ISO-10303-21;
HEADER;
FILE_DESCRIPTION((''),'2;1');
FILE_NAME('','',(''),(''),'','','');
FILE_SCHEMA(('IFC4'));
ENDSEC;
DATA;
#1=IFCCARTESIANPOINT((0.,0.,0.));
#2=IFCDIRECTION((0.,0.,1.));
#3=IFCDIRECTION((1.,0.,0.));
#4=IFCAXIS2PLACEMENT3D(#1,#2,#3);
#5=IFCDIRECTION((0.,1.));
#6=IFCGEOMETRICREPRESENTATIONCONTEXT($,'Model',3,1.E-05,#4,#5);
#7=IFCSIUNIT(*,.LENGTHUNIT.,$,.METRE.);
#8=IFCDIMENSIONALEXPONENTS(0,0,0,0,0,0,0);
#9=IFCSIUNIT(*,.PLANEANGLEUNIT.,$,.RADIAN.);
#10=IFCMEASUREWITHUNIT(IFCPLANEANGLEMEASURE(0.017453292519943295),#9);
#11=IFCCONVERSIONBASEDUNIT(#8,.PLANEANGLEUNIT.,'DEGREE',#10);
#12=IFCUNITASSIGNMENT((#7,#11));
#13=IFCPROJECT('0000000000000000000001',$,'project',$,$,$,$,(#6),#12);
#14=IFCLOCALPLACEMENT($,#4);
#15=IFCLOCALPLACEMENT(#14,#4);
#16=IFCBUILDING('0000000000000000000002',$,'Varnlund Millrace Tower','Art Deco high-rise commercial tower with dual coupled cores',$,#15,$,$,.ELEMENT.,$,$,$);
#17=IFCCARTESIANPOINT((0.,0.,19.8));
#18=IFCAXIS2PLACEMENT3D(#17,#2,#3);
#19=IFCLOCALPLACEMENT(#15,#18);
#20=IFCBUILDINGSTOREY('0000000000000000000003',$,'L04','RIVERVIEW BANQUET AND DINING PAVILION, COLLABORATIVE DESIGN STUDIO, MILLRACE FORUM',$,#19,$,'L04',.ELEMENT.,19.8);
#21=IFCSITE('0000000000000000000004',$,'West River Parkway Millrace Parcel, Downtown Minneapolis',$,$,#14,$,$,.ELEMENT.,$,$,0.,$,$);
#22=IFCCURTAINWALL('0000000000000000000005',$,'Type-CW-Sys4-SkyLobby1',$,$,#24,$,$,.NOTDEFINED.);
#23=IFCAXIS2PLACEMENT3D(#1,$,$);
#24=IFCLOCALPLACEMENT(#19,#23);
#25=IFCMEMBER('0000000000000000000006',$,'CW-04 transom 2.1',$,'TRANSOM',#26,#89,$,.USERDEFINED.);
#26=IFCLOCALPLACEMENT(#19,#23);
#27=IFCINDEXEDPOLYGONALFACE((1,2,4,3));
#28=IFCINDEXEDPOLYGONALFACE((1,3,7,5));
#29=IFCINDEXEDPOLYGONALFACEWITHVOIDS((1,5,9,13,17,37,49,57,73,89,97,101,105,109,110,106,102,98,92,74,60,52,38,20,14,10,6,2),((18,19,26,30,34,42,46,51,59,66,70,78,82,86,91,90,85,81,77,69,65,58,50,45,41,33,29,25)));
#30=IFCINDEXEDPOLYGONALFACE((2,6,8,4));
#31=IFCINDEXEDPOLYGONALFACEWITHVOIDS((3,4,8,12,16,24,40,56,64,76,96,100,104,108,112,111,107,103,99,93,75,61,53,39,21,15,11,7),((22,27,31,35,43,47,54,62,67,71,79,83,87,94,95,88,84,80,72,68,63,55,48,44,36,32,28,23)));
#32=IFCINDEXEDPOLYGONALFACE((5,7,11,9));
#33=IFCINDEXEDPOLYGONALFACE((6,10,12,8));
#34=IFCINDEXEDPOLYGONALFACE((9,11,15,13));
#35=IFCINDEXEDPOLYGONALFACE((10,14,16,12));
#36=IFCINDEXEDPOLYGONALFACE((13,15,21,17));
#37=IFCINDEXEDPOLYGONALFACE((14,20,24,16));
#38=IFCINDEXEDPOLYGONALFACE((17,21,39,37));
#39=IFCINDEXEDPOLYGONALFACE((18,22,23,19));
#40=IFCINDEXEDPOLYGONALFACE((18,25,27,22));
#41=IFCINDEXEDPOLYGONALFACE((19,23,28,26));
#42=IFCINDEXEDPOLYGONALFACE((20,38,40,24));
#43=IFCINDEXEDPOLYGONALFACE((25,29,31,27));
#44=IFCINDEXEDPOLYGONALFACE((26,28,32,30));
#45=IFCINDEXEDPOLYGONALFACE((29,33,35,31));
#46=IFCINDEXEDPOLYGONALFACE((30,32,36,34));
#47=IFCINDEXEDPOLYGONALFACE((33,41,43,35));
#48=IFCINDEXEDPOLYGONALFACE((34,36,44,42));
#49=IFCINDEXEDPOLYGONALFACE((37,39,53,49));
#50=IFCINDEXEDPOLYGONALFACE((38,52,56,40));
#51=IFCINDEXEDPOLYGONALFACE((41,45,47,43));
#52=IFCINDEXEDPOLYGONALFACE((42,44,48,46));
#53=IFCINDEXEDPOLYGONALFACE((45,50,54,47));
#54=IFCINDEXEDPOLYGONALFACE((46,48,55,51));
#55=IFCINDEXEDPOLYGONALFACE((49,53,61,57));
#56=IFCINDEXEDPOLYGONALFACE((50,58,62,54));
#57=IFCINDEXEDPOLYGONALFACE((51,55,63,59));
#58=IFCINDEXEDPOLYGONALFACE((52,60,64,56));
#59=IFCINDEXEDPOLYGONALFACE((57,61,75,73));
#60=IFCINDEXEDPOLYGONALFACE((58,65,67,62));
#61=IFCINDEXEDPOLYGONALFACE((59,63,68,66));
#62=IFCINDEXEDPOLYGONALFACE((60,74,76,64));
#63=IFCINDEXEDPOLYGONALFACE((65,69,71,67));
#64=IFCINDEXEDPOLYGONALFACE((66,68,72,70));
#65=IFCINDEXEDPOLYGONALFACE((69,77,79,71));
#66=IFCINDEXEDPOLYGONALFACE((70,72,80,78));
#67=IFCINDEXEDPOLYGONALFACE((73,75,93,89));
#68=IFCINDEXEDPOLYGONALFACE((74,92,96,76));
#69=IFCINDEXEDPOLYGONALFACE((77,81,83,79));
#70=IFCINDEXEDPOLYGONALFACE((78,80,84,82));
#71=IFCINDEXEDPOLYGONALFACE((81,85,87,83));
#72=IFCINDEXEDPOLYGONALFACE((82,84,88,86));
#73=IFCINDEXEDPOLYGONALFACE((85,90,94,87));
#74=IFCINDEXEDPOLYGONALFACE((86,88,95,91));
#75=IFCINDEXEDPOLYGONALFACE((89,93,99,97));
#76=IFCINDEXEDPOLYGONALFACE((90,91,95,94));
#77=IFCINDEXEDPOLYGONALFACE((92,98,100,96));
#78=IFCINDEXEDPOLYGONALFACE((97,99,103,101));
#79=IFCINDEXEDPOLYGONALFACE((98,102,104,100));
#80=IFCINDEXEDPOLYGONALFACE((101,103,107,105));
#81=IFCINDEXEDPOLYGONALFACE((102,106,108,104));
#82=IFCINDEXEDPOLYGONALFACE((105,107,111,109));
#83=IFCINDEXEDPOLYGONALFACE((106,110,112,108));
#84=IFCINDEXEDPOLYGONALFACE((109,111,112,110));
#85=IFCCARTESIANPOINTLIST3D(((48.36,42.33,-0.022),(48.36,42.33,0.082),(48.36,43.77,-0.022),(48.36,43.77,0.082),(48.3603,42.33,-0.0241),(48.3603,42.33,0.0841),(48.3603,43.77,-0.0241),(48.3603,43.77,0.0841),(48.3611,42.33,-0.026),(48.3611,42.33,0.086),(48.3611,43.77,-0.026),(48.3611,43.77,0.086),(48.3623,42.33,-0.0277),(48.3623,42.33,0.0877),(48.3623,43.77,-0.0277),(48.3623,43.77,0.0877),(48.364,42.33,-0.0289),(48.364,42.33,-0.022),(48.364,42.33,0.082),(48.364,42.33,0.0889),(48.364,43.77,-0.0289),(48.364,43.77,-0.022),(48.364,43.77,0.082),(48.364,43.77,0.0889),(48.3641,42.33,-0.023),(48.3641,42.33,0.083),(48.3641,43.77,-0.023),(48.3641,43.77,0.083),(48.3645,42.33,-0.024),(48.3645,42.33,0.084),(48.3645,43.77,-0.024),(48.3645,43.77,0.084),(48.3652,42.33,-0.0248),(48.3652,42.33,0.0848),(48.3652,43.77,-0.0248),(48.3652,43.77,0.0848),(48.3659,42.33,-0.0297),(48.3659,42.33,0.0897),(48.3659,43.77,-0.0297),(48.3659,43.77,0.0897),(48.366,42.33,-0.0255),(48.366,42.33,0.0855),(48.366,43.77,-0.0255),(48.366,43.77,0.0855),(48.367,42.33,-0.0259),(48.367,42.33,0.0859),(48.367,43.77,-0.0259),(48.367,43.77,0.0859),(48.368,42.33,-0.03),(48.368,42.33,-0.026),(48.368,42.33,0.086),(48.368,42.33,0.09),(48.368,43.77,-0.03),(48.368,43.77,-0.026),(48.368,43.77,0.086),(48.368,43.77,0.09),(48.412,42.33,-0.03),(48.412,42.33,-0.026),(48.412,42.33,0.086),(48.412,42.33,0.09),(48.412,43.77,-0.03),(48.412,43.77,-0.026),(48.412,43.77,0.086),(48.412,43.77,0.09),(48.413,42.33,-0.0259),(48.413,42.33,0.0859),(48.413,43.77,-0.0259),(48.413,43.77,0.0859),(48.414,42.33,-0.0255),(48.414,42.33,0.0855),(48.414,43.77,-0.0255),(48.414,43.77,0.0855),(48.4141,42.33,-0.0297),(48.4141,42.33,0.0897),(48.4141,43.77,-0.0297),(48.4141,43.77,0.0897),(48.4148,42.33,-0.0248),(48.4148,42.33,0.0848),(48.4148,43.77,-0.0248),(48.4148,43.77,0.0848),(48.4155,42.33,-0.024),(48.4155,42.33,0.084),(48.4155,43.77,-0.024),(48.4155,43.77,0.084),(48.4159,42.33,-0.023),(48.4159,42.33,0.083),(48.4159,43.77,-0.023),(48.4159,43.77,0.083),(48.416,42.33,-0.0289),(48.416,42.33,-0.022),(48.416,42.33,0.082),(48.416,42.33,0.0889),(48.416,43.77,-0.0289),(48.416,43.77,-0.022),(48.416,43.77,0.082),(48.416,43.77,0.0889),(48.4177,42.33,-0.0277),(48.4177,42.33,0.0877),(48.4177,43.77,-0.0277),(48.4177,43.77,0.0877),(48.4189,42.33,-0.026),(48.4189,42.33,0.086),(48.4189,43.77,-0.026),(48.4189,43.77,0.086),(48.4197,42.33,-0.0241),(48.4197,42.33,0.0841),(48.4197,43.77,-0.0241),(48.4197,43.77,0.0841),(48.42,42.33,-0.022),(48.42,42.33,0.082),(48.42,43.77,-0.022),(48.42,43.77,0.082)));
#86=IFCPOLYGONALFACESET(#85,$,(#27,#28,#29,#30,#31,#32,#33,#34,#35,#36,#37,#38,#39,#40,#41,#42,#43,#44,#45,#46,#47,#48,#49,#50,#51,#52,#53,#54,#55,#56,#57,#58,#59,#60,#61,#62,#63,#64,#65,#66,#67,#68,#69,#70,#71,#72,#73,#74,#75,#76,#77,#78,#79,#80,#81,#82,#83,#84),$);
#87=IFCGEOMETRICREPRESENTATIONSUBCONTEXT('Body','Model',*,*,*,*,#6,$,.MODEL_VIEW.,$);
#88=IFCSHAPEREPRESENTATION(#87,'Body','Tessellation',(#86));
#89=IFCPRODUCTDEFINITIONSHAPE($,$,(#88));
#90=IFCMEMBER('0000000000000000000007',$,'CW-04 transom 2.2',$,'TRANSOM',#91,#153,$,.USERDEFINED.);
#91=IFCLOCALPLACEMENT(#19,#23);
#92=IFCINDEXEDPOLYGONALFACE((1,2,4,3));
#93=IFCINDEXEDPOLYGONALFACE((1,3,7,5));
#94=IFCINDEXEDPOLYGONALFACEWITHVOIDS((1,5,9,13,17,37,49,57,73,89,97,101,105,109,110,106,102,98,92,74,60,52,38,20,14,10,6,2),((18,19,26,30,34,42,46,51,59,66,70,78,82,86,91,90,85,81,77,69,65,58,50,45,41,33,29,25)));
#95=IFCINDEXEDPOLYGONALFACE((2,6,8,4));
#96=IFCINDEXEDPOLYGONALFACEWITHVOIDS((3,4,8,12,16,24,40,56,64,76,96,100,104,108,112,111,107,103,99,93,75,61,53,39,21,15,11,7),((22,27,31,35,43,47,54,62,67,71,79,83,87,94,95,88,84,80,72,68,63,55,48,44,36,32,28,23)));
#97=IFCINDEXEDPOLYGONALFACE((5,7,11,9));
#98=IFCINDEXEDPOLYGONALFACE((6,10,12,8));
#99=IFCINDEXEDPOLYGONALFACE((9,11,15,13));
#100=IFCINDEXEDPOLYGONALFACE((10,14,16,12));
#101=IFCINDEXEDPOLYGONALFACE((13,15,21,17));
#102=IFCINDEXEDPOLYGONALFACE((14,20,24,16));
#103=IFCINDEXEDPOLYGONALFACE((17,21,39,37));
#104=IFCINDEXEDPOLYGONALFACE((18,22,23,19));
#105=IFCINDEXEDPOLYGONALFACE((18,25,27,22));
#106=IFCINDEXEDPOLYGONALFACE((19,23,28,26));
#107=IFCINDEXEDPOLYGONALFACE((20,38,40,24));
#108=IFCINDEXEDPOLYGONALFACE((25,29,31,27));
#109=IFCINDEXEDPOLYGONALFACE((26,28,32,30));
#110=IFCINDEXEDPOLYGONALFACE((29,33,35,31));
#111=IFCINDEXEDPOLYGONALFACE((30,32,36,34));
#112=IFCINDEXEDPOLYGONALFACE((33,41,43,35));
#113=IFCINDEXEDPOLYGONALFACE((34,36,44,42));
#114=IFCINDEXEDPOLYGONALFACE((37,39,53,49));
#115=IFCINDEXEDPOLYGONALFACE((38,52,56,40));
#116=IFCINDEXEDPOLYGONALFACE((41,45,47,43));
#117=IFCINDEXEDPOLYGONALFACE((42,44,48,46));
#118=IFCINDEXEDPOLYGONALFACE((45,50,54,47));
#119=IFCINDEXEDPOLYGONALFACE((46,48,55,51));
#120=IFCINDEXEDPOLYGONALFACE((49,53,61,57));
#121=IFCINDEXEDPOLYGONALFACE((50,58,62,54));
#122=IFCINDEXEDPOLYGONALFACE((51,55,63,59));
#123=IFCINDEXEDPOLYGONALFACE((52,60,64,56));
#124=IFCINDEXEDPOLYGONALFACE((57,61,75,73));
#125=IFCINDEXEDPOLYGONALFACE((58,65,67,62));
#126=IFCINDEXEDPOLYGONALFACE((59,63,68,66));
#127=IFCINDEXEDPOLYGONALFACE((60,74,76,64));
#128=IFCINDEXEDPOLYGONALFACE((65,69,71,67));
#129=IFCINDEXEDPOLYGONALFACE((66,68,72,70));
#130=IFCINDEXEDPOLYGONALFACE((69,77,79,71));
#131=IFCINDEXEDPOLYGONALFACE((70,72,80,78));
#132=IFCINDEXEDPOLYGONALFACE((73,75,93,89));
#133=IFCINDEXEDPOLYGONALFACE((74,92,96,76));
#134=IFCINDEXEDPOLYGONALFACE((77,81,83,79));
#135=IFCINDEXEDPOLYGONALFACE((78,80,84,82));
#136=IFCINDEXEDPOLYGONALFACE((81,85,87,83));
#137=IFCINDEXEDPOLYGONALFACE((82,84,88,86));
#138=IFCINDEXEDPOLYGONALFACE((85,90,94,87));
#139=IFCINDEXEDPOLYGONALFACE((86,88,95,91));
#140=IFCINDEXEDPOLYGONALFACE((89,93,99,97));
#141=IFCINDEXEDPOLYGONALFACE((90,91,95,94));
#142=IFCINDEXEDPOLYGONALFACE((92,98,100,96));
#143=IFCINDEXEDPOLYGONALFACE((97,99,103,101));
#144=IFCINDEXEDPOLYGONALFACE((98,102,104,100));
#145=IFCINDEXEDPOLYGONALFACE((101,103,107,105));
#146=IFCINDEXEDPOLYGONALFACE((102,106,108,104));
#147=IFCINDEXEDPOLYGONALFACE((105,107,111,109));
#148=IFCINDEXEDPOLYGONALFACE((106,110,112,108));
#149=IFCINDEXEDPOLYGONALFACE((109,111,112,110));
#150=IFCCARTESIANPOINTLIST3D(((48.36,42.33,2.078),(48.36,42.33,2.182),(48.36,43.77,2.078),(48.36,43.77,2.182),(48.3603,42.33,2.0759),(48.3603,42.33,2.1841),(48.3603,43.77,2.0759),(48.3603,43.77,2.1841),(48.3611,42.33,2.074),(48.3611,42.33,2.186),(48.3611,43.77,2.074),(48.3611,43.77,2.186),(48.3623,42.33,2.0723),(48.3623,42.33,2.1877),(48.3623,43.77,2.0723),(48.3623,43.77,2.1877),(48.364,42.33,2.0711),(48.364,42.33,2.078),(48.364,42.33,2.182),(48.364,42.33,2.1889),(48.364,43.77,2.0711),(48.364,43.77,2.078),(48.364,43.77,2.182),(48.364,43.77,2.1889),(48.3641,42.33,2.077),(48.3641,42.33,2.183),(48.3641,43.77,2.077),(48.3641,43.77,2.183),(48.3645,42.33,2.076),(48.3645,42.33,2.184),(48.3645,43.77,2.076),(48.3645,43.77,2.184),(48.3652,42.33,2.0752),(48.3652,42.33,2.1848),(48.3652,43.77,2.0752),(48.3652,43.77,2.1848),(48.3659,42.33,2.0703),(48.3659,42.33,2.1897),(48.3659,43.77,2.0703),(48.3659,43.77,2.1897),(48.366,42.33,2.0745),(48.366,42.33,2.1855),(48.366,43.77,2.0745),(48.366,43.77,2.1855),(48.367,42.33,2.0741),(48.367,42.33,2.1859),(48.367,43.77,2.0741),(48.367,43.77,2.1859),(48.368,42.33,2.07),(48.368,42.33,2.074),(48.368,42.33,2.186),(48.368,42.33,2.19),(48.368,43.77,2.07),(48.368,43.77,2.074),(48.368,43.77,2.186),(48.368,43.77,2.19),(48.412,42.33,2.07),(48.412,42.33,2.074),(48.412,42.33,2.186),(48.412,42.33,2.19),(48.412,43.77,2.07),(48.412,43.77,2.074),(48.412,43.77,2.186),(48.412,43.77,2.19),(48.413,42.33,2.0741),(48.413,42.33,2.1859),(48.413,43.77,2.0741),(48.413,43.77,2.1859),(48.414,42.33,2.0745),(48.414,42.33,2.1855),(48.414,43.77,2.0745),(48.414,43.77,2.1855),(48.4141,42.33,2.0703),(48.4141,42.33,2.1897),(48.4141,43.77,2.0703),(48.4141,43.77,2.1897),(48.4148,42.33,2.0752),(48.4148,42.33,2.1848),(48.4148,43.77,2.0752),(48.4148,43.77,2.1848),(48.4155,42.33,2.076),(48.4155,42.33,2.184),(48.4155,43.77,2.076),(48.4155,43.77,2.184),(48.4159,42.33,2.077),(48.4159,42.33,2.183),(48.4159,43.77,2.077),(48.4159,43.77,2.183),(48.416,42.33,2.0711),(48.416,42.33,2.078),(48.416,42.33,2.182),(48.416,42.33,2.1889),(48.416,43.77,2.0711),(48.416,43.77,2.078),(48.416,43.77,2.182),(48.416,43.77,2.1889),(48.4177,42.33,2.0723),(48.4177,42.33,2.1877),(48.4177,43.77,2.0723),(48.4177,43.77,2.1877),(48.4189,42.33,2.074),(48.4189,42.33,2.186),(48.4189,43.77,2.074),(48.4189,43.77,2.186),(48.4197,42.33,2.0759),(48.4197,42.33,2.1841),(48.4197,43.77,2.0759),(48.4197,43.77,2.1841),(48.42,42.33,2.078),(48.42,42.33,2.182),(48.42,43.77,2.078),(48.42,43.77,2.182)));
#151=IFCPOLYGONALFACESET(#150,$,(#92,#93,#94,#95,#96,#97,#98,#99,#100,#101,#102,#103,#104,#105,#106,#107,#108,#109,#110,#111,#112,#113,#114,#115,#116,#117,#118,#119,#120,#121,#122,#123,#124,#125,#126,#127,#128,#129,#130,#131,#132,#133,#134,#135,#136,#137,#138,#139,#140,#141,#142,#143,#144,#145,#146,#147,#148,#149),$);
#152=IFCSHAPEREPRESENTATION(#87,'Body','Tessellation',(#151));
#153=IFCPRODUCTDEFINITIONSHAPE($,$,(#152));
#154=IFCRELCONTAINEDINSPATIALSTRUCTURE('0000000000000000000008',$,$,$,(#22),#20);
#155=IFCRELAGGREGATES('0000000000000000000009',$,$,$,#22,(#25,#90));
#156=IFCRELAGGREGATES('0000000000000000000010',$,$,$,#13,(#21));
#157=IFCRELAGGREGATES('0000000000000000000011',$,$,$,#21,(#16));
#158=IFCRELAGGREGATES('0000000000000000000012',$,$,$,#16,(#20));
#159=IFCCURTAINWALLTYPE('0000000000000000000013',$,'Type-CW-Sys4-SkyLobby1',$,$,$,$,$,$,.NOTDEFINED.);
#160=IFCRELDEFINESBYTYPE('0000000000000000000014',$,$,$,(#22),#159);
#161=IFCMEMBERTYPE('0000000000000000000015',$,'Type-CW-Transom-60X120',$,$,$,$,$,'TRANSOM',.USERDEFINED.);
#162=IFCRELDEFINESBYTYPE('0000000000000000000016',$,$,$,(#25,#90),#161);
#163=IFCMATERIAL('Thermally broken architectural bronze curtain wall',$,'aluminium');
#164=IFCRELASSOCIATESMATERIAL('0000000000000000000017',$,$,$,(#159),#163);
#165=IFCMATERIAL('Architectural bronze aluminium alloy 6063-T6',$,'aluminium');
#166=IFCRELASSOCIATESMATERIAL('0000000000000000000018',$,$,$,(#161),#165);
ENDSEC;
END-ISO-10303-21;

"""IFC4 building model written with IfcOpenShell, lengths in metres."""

from ifc_helpers import new_model, entity, si_unit, converted_unit, direction, frame, origin_with_axes, origin_2d_with_axis, place, context, subcontext, project, spatial, hollow_rectangle, extrude, material, material_profile, profile_set, type_object, element, aggregate, save


model = new_model("IFC4")

# Units and contexts
model_context = context("Model", 3, precision=1e-05, world=origin_with_axes(), true_north=direction((0.0, 1.0)))
body_context = subcontext(model_context, "Body", "Model", "MODEL_VIEW")
ifc_project = project(units=[si_unit("LENGTHUNIT", "METRE"), converted_unit("PLANEANGLEUNIT", "DEGREE", entity("IfcPlaneAngleMeasure", 0.017453292519943295), si_unit("PLANEANGLEUNIT", "RADIAN"), dimensions=[0, 0, 0, 0, 0, 0, 0])], contexts=[model_context])

# Site, building, storey
site_placement = place(None, origin_with_axes())
site = spatial("IfcSite", under=ifc_project, at=site_placement, Name="West River Parkway Millrace Parcel, Downtown Minneapolis", CompositionType="ELEMENT", RefElevation=0.0)
building_placement = place(site_placement, origin_with_axes())
building = spatial("IfcBuilding", under=site, at=building_placement, Name="Varnlund Millrace Tower", Description="Art Deco high-rise commercial tower with dual coupled cores", CompositionType="ELEMENT")
storey_placement = place(building_placement, frame((0.0, 0.0, 19.8), z_axis=(0.0, 0.0, 1.0), x_axis=(1.0, 0.0, 0.0)))
storey = spatial("IfcBuildingStorey", under=building, at=storey_placement, Name="L04", Description="RIVERVIEW BANQUET AND DINING PAVILION, COLLABORATIVE DESIGN STUDIO, MILLRACE FORUM", LongName="L04", CompositionType="ELEMENT", Elevation=19.8)

# Shared definitions
ifc_material_1 = material(Name="Thermally broken architectural bronze curtain wall", Category="aluminium")
curtain_wall_type = type_object("IfcCurtainWallType", Name="Type-CW-Sys4-SkyLobby1", PredefinedType="NOTDEFINED", material=ifc_material_1)
ifc_material_2 = material(Name="Architectural bronze aluminium alloy 6063-T6", Category="aluminium")

# Curtain wall
curtain_wall_1_placement = place(storey_placement, frame((48.39, 45.3, 0.0), z_axis=(0.0, 0.0, 1.0), x_axis=(1.0, 0.0, 0.0)))
curtain_wall_1 = element("IfcCurtainWall", 1, at=curtain_wall_1_placement, inside=storey, type_object=curtain_wall_type, Name="Type-CW-Sys4-SkyLobby1", PredefinedType="NOTDEFINED")

# Members
ifc_material_profile_1 = material_profile(ifc_material_2, hollow_rectangle(XDim=0.06, YDim=0.12, WallThickness=0.004, InnerFilletRadius=0.004, OuterFilletRadius=0.008, at=origin_2d_with_axis()), Name="Architectural bronze aluminium alloy 6063-T6")
ifc_profile_set_1 = profile_set([ifc_material_profile_1], Name="Architectural bronze aluminium alloy 6063-T6")
member_type_1 = type_object("IfcMemberType", Name="Type-CW-Transom-60X120", ElementType="TRANSOM", PredefinedType="USERDEFINED", material=ifc_profile_set_1)
member_1_placement = place(storey_placement, frame((48.39, 43.77, 0.03), z_axis=(0.0, -1.0, 0.0), x_axis=(1.0, 0.0, 0.0)))
member_1 = element("IfcMember", 2, at=member_1_placement, type_object=member_type_1, Name="CW-04 transom 2.1", ObjectType="TRANSOM", PredefinedType="USERDEFINED", context=body_context, shape_type="SweptSolid", body=[
    extrude(hollow_rectangle(XDim=0.06, YDim=0.12, WallThickness=0.004, InnerFilletRadius=0.004, OuterFilletRadius=0.008, at=origin_2d_with_axis()), origin_with_axes(), (0.0, 0.0, 1.0), 1.44),
])
member_2_placement = place(storey_placement, frame((48.39, 43.77, 2.13), z_axis=(0.0, -1.0, 0.0), x_axis=(1.0, 0.0, 0.0)))
member_2 = element("IfcMember", 3, at=member_2_placement, type_object=member_type_1, Name="CW-04 transom 2.2", ObjectType="TRANSOM", PredefinedType="USERDEFINED", context=body_context, shape_type="SweptSolid", body=[
    extrude(hollow_rectangle(XDim=0.06, YDim=0.12, WallThickness=0.004, InnerFilletRadius=0.004, OuterFilletRadius=0.008, at=origin_2d_with_axis()), origin_with_axes(), (0.0, 0.0, 1.0), 1.44),
])

aggregate(curtain_wall_1, [member_1, member_2])

save(model, "model.ifc")
